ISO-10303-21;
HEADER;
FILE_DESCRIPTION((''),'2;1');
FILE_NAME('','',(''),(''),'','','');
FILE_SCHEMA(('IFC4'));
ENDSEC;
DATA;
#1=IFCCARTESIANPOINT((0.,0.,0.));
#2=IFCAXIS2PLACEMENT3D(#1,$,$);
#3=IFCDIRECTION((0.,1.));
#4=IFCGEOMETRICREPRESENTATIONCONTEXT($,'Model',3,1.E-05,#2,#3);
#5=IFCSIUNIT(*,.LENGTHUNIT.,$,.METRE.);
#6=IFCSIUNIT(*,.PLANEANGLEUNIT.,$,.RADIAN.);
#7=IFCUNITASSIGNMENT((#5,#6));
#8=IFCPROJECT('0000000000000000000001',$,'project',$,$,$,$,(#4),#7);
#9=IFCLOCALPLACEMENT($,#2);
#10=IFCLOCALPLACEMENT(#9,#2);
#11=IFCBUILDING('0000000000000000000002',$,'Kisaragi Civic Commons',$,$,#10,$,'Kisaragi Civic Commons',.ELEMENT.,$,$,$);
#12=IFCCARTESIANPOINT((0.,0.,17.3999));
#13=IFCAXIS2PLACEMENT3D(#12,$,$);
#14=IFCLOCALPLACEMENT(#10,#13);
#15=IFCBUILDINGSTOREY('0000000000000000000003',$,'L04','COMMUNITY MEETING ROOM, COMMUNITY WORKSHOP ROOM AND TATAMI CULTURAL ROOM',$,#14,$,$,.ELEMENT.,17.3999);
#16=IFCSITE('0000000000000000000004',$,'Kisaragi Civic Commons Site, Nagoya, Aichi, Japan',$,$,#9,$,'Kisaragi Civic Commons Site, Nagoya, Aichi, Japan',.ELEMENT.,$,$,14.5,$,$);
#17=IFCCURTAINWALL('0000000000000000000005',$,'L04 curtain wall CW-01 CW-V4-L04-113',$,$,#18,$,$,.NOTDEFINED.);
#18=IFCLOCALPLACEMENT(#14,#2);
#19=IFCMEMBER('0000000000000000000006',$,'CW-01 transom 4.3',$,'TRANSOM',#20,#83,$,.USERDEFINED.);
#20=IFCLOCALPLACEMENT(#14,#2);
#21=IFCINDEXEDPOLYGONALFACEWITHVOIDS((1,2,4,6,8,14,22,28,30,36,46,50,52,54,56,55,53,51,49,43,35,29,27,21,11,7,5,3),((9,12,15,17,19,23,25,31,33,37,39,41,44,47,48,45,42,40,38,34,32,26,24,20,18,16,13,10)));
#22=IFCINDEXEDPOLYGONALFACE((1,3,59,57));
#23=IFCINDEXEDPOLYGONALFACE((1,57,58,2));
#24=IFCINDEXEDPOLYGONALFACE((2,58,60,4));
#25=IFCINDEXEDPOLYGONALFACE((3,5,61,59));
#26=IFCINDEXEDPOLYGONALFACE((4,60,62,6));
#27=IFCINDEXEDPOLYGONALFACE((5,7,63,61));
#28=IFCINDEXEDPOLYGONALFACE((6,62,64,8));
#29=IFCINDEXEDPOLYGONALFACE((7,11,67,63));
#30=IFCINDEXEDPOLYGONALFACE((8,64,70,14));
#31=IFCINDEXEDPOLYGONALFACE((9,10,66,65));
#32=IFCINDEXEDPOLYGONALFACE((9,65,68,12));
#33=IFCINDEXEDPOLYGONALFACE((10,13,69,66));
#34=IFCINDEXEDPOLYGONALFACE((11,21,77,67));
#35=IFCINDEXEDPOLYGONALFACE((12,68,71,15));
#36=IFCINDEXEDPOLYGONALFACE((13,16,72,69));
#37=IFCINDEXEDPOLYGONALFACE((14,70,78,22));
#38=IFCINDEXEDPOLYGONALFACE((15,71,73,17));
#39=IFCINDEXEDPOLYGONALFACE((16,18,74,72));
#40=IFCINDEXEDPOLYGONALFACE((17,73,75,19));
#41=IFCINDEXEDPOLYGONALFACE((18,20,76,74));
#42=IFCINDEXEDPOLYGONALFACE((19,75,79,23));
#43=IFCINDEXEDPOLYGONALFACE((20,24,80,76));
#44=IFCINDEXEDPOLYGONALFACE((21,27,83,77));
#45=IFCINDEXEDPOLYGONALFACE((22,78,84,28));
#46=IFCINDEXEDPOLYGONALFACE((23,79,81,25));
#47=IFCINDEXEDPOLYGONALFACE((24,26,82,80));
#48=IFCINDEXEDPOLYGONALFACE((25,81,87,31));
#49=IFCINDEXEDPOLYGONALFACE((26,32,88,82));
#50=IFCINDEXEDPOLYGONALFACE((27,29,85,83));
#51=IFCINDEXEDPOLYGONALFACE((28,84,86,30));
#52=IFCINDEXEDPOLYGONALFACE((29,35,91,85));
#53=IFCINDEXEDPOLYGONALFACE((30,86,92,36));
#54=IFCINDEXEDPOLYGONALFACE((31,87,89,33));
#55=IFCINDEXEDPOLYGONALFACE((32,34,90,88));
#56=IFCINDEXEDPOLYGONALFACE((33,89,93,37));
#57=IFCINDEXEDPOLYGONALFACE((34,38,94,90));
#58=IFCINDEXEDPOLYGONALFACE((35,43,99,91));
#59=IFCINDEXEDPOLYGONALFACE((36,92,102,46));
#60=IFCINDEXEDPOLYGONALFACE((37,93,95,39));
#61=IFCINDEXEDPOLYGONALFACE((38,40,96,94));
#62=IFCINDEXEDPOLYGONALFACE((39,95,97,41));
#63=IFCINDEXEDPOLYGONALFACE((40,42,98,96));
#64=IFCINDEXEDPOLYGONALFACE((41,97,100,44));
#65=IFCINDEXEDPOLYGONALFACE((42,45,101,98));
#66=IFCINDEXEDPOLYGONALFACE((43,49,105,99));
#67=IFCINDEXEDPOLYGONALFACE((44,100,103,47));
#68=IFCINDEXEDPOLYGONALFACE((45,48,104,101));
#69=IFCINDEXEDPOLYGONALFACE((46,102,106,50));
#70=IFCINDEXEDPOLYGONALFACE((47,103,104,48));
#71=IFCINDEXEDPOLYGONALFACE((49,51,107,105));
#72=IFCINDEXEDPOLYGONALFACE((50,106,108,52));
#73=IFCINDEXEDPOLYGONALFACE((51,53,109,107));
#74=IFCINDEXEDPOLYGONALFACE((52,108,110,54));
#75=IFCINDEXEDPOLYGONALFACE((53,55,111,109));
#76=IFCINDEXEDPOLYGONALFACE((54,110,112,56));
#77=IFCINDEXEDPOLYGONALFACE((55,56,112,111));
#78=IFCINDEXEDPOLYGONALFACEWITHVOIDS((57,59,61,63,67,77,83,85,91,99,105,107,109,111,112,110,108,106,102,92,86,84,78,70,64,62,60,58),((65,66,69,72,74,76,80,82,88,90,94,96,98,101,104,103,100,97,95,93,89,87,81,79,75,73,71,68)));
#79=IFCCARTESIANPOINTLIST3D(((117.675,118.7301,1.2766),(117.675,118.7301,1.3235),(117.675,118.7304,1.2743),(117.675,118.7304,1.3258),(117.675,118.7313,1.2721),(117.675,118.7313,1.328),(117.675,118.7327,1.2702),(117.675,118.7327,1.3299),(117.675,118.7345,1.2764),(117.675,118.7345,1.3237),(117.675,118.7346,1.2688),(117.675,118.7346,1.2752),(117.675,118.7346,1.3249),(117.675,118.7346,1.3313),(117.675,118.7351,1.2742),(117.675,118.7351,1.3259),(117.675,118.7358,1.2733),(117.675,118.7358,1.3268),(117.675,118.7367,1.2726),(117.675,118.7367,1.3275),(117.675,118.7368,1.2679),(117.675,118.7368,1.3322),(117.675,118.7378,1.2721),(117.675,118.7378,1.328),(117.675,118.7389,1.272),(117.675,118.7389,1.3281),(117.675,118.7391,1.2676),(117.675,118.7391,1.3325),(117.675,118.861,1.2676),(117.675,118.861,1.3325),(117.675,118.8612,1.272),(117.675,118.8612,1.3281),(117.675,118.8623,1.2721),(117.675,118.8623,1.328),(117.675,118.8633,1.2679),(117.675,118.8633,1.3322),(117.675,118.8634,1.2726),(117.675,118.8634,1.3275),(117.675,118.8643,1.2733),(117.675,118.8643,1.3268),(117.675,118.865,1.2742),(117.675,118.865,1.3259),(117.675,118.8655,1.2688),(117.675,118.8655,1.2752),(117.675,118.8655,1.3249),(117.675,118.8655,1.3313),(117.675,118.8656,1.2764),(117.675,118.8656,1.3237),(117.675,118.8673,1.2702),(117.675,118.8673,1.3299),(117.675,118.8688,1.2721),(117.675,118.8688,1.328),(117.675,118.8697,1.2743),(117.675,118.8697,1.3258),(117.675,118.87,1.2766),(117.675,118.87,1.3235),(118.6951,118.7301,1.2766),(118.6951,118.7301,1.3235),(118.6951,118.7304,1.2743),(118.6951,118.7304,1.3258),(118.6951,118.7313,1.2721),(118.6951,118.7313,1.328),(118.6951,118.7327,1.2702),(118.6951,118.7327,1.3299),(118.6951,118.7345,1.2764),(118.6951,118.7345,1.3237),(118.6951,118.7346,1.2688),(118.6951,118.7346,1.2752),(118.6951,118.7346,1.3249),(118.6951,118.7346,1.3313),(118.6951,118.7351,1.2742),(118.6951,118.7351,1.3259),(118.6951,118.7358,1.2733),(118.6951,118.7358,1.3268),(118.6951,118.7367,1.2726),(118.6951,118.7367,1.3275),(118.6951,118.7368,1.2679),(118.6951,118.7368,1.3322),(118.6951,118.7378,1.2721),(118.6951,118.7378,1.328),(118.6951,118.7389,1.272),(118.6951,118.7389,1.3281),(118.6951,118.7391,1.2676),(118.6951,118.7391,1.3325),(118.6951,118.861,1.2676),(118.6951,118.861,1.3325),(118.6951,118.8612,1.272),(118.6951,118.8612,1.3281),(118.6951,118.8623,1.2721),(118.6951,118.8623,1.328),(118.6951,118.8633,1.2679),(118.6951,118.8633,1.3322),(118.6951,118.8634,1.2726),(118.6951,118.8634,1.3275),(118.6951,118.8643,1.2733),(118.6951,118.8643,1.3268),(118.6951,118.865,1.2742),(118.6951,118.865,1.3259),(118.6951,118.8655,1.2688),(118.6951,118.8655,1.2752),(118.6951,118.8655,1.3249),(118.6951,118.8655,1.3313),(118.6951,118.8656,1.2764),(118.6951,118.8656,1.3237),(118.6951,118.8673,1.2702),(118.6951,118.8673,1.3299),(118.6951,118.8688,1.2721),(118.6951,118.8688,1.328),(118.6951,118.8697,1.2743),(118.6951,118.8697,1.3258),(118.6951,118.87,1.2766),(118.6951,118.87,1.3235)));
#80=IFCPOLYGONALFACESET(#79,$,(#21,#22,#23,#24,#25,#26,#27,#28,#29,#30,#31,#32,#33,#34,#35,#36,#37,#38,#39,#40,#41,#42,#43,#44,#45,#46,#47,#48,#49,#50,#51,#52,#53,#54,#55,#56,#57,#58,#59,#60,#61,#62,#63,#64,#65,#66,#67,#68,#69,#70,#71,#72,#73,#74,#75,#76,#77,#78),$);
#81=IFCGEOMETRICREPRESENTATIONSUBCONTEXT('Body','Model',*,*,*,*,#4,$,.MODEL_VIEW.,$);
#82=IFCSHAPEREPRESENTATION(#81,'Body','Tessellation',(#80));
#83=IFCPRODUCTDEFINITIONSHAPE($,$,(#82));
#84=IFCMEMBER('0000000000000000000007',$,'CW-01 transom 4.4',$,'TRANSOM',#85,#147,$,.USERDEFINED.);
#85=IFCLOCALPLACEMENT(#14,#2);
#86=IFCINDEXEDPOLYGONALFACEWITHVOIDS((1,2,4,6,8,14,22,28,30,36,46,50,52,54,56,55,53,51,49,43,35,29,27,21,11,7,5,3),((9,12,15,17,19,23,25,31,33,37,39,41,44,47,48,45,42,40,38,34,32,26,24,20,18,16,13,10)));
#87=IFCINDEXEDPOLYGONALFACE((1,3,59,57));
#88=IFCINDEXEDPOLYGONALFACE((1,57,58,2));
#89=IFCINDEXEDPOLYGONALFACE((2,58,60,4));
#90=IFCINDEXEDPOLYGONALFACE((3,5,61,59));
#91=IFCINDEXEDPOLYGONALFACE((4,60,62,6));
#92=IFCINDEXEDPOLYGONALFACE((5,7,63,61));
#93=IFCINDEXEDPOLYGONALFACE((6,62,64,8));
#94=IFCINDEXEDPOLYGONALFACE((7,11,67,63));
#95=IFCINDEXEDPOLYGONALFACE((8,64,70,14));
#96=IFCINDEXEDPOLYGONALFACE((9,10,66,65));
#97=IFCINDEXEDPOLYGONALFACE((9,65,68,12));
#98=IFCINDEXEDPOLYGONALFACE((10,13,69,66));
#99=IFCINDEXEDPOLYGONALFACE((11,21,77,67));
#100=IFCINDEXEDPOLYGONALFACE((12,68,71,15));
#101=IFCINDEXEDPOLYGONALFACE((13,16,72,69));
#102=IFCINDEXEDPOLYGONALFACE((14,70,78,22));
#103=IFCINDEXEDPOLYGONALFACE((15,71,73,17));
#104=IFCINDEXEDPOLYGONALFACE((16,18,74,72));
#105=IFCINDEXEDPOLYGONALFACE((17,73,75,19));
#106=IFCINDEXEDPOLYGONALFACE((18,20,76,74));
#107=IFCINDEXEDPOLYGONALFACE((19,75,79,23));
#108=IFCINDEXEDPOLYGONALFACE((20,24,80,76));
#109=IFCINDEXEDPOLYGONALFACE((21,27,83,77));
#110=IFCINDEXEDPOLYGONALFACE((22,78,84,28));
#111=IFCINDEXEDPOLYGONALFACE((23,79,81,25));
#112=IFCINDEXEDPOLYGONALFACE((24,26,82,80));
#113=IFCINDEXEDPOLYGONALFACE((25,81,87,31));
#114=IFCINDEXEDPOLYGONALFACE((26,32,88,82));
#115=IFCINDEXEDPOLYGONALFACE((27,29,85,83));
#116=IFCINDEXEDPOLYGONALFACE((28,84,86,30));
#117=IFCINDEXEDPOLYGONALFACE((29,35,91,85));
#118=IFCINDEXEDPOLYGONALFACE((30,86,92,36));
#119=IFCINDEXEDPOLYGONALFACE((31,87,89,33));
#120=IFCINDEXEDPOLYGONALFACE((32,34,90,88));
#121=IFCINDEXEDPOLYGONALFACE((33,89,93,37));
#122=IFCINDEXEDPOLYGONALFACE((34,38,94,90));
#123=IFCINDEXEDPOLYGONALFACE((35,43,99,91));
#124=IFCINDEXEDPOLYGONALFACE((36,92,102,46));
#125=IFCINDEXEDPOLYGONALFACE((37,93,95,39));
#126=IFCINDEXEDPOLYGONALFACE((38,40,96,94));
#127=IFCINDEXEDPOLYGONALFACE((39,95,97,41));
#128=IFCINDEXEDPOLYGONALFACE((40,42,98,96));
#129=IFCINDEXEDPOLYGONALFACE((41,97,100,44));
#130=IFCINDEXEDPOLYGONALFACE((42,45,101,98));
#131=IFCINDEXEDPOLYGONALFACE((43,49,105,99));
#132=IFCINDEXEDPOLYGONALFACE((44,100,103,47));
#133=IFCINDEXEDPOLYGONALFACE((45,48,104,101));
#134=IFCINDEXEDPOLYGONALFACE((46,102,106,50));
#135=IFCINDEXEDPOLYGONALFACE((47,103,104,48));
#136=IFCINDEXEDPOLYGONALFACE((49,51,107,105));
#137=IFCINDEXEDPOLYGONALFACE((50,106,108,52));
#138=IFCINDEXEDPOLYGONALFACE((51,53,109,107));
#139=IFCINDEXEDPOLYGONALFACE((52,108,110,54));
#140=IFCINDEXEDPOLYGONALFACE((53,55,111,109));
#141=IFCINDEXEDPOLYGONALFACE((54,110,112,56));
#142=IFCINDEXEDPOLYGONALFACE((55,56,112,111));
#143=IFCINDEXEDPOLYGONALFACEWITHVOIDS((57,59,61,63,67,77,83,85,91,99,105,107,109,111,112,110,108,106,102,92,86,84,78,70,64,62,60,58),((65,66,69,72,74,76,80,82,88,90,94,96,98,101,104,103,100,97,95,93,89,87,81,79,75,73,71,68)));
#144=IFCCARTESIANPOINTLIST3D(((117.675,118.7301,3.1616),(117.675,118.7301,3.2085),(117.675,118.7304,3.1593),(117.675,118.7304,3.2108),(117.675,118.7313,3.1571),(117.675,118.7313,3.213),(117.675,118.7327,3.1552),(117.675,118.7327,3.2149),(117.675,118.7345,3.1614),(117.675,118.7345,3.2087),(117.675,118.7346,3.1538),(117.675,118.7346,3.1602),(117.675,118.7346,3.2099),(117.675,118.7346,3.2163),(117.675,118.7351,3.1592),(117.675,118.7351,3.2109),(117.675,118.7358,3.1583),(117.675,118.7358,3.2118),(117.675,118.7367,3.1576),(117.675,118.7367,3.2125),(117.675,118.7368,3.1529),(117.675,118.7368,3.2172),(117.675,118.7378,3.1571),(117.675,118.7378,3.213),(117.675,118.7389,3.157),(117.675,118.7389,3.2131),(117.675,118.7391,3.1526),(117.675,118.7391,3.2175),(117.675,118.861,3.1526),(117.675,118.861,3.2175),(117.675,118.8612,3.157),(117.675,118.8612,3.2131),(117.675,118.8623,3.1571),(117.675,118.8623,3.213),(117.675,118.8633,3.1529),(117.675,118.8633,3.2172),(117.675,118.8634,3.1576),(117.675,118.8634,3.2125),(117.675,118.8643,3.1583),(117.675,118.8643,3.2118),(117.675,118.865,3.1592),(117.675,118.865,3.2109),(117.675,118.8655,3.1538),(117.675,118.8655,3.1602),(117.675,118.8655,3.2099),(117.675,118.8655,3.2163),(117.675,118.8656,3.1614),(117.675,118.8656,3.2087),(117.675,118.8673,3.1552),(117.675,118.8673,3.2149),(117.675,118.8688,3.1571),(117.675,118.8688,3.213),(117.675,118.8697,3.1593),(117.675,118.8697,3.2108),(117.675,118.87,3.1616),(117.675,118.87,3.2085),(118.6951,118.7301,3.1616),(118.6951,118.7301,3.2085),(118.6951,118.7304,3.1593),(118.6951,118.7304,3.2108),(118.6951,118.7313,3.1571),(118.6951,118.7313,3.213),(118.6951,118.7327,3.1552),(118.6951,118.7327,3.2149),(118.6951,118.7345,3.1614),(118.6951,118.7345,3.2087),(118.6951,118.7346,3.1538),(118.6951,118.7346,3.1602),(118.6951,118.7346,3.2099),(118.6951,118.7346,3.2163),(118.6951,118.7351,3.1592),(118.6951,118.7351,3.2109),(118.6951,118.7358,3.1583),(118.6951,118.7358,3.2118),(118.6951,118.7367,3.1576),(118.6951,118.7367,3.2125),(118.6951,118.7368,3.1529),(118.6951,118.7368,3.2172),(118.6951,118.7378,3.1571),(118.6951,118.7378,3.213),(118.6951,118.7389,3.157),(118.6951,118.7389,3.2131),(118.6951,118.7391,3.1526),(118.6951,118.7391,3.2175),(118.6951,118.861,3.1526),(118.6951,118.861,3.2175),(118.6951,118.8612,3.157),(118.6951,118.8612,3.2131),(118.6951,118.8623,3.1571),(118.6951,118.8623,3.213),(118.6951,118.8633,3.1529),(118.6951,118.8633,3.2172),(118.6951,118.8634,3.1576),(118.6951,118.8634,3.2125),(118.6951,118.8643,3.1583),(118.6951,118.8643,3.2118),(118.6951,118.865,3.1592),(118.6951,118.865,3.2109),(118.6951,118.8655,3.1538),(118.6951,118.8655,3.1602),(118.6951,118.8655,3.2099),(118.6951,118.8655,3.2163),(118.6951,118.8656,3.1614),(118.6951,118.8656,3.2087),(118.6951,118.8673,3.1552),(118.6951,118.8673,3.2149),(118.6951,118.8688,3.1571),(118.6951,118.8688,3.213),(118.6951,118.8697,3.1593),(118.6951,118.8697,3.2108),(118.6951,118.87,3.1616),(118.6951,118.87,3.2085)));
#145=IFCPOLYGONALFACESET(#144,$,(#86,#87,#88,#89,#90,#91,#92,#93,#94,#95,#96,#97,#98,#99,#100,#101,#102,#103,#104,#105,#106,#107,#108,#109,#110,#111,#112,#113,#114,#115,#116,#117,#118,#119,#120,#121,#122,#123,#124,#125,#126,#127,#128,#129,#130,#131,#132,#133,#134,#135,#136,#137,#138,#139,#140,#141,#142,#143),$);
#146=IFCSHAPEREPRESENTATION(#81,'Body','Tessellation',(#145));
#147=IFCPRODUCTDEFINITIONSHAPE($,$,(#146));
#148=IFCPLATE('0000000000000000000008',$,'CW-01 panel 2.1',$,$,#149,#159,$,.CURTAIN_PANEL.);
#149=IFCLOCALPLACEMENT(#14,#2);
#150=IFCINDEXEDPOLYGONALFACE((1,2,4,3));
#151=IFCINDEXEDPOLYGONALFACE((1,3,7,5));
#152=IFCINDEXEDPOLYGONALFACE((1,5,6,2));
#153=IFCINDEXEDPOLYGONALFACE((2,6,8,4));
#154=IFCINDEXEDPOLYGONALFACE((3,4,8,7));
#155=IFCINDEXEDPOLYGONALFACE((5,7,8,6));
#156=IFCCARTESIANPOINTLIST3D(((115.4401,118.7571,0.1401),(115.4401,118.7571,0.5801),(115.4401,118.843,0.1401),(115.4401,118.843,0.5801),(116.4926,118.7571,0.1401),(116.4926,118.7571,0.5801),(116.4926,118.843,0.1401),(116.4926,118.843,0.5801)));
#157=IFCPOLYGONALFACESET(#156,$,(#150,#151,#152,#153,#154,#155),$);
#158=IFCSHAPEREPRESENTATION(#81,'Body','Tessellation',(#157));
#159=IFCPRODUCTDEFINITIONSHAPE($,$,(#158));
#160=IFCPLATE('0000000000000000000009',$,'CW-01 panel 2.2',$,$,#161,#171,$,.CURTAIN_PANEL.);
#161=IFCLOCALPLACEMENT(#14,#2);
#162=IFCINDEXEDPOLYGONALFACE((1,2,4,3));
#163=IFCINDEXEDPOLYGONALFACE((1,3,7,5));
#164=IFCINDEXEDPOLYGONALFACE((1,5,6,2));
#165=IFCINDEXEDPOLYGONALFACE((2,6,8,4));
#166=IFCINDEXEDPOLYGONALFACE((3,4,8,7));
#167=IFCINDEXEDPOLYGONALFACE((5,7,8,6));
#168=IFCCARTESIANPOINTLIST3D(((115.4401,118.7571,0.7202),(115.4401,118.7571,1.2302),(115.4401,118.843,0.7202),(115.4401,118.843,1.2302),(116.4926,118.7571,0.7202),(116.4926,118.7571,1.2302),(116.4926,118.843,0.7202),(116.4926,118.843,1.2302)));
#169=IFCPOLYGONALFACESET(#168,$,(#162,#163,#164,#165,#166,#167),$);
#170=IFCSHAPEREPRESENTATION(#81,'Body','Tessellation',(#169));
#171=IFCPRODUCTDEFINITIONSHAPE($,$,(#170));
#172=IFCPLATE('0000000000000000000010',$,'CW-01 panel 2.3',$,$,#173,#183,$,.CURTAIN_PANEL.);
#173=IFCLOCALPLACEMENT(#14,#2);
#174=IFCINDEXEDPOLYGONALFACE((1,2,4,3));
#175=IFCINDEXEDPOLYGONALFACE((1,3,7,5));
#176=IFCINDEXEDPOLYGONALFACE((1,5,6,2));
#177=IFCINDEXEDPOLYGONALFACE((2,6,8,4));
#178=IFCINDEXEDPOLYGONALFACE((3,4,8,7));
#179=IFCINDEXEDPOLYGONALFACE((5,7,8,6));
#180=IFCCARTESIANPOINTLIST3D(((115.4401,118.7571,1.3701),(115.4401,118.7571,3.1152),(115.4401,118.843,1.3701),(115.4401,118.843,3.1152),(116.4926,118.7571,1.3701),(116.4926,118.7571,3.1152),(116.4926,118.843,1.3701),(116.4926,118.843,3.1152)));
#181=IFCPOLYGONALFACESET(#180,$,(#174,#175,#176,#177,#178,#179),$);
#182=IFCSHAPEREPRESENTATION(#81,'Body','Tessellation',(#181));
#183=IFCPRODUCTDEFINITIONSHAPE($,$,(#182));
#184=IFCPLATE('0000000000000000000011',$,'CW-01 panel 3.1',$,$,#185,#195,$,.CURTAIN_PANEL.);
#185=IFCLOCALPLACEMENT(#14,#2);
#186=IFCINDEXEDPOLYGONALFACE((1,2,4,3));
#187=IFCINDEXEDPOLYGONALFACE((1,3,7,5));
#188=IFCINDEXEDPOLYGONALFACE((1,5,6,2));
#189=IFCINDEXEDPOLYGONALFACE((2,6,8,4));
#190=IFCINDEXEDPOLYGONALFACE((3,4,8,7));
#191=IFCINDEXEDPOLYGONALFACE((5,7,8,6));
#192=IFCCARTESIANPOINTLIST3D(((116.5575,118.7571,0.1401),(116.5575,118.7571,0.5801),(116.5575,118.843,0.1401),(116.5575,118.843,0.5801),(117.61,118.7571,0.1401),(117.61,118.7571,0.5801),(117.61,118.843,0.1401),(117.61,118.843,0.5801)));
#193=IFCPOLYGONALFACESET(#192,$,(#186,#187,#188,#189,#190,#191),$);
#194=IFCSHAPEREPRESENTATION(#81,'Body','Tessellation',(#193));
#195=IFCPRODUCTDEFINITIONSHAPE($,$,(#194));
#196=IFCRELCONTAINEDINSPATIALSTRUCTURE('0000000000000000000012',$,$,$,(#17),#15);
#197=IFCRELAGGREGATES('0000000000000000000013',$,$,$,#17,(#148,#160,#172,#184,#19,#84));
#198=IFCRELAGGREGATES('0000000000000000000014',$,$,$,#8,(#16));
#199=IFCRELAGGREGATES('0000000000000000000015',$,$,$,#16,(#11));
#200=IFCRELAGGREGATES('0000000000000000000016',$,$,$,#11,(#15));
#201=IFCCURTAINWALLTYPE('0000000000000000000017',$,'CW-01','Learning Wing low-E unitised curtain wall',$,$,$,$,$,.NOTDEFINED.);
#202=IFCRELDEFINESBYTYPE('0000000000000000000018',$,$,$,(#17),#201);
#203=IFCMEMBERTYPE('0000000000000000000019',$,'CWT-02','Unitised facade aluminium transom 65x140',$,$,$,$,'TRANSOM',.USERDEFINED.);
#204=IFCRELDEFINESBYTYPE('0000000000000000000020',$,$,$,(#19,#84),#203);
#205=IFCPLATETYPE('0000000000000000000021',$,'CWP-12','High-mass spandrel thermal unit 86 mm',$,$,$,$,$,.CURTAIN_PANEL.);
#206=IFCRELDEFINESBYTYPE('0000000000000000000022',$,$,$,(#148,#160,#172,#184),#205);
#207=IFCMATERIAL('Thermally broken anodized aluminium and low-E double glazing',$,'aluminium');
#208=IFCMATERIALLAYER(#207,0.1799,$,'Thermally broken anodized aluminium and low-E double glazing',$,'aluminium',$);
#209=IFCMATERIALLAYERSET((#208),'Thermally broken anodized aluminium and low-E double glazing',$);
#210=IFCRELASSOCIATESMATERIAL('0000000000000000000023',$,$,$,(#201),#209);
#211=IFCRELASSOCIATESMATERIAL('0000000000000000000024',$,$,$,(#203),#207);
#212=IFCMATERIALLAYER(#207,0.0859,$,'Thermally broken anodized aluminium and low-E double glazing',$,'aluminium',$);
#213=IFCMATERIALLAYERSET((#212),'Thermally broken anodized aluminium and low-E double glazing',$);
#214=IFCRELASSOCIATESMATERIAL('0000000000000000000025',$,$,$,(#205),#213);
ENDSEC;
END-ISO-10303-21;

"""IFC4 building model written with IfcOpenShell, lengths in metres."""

from ifc_helpers import new_model, si_unit, direction, frame, origin, origin_2d, place, context, subcontext, project, spatial, rectangle, hollow_rectangle, extrude, material, layer, layer_set, material_profile, profile_set, type_object, element, aggregate, save


model = new_model("IFC4")

# Units and contexts
model_context = context("Model", 3, precision=1e-05, world=origin(), true_north=direction((0.0, 1.0)))
body_context = subcontext(model_context, "Body", "Model", "MODEL_VIEW")
ifc_project = project(units=[si_unit("LENGTHUNIT", "METRE"), si_unit("PLANEANGLEUNIT", "RADIAN")], contexts=[model_context])

# Site, building, storey
site_placement = place(None, origin())
site = spatial("IfcSite", under=ifc_project, at=site_placement, Name="Kisaragi Civic Commons Site, Nagoya, Aichi, Japan", LongName="Kisaragi Civic Commons Site, Nagoya, Aichi, Japan", CompositionType="ELEMENT", RefElevation=14.5)
building_placement = place(site_placement, origin())
building = spatial("IfcBuilding", under=site, at=building_placement, Name="Kisaragi Civic Commons", LongName="Kisaragi Civic Commons", CompositionType="ELEMENT")
storey_placement = place(building_placement, frame((0.0, 0.0, 17.3999)))
storey = spatial("IfcBuildingStorey", under=building, at=storey_placement, Name="L04", Description="COMMUNITY MEETING ROOM, COMMUNITY WORKSHOP ROOM AND TATAMI CULTURAL ROOM", CompositionType="ELEMENT", Elevation=17.3999)

# Curtain wall, members, plates
ifc_material = material(Name="Thermally broken anodized aluminium and low-E double glazing", Category="aluminium")
ifc_layer_1 = layer(ifc_material, 0.1799, Name="Thermally broken anodized aluminium and low-E double glazing", Category="aluminium")
ifc_layer_set_1 = layer_set([ifc_layer_1], Name="Thermally broken anodized aluminium and low-E double glazing")
curtain_wall_type = type_object("IfcCurtainWallType", Name="CW-01", Description="Learning Wing low-E unitised curtain wall", PredefinedType="NOTDEFINED", material=ifc_layer_set_1)
curtain_wall_placement = place(storey_placement, origin())
curtain_wall = element("IfcCurtainWall", 1, at=curtain_wall_placement, inside=storey, type_object=curtain_wall_type, Name="L04 curtain wall CW-01 CW-V4-L04-113", PredefinedType="NOTDEFINED")
ifc_material_profile_1 = material_profile(ifc_material, hollow_rectangle(XDim=0.1399, YDim=0.0649, WallThickness=0.0044, InnerFilletRadius=0.0044, OuterFilletRadius=0.009, at=origin_2d()), Name="CWT-65x140x4.5", Category="aluminium")
ifc_profile_set_1 = profile_set([ifc_material_profile_1], Name="Thermally broken anodized aluminium and low-E double glazing")
member_type_1 = type_object("IfcMemberType", Name="CWT-02", Description="Unitised facade aluminium transom 65x140", ElementType="TRANSOM", PredefinedType="USERDEFINED", material=ifc_profile_set_1)
member_1_placement = place(storey_placement, frame((117.675, 118.8, 1.3), z_axis=(1.0, 0.0, 0.0), x_axis=(0.0, 1.0, 0.0)))
member_1 = element("IfcMember", 2, at=member_1_placement, type_object=member_type_1, Name="CW-01 transom 4.3", ObjectType="TRANSOM", PredefinedType="USERDEFINED", context=body_context, shape_type="SweptSolid", body=[
    extrude(hollow_rectangle(XDim=0.1399, YDim=0.0649, WallThickness=0.0044, InnerFilletRadius=0.0044, OuterFilletRadius=0.009, at=origin_2d()), origin(), (0.0, 0.0, 1.0), 1.02),
])
member_2_placement = place(storey_placement, frame((117.675, 118.8, 3.1851), z_axis=(1.0, 0.0, 0.0), x_axis=(0.0, 1.0, 0.0)))
member_2 = element("IfcMember", 3, at=member_2_placement, type_object=member_type_1, Name="CW-01 transom 4.4", ObjectType="TRANSOM", PredefinedType="USERDEFINED", context=body_context, shape_type="SweptSolid", body=[
    extrude(hollow_rectangle(XDim=0.1399, YDim=0.0649, WallThickness=0.0044, InnerFilletRadius=0.0044, OuterFilletRadius=0.009, at=origin_2d()), origin(), (0.0, 0.0, 1.0), 1.02),
])
ifc_layer_2 = layer(ifc_material, 0.0859, Name="Thermally broken anodized aluminium and low-E double glazing", Category="aluminium")
ifc_layer_set_2 = layer_set([ifc_layer_2], Name="Thermally broken anodized aluminium and low-E double glazing")
plate_type = type_object("IfcPlateType", Name="CWP-12", Description="High-mass spandrel thermal unit 86 mm", PredefinedType="CURTAIN_PANEL", material=ifc_layer_set_2)
plate_1_placement = place(storey_placement, frame((115.9663, 118.8, 0.1401), z_axis=(0.0, 0.0, 1.0), x_axis=(1.0, 0.0, 0.0)))
plate_1 = element("IfcPlate", 4, at=plate_1_placement, type_object=plate_type, Name="CW-01 panel 2.1", PredefinedType="CURTAIN_PANEL", context=body_context, shape_type="SweptSolid", body=[
    extrude(rectangle(XDim=1.0525, YDim=0.0859, at=origin_2d()), origin(), (0.0, 0.0, 1.0), 0.4399),
])
plate_2_placement = place(storey_placement, frame((115.9663, 118.8, 0.7202), z_axis=(0.0, 0.0, 1.0), x_axis=(1.0, 0.0, 0.0)))
plate_2 = element("IfcPlate", 5, at=plate_2_placement, type_object=plate_type, Name="CW-01 panel 2.2", PredefinedType="CURTAIN_PANEL", context=body_context, shape_type="SweptSolid", body=[
    extrude(rectangle(XDim=1.0525, YDim=0.0859, at=origin_2d()), origin(), (0.0, 0.0, 1.0), 0.51),
])
plate_3_placement = place(storey_placement, frame((115.9663, 118.8, 1.3701), z_axis=(0.0, 0.0, 1.0), x_axis=(1.0, 0.0, 0.0)))
plate_3 = element("IfcPlate", 6, at=plate_3_placement, type_object=plate_type, Name="CW-01 panel 2.3", PredefinedType="CURTAIN_PANEL", context=body_context, shape_type="SweptSolid", body=[
    extrude(rectangle(XDim=1.0525, YDim=0.0859, at=origin_2d()), origin(), (0.0, 0.0, 1.0), 1.7451),
])
plate_4_placement = place(storey_placement, frame((117.0837, 118.8, 0.1401), z_axis=(0.0, 0.0, 1.0), x_axis=(1.0, 0.0, 0.0)))
plate_4 = element("IfcPlate", 7, at=plate_4_placement, type_object=plate_type, Name="CW-01 panel 3.1", PredefinedType="CURTAIN_PANEL", context=body_context, shape_type="SweptSolid", body=[
    extrude(rectangle(XDim=1.0525, YDim=0.0859, at=origin_2d()), origin(), (0.0, 0.0, 1.0), 0.4399),
])
aggregate(curtain_wall, [plate_1, plate_2, plate_3, plate_4, member_1, member_2])

save(model, "model.ifc")
